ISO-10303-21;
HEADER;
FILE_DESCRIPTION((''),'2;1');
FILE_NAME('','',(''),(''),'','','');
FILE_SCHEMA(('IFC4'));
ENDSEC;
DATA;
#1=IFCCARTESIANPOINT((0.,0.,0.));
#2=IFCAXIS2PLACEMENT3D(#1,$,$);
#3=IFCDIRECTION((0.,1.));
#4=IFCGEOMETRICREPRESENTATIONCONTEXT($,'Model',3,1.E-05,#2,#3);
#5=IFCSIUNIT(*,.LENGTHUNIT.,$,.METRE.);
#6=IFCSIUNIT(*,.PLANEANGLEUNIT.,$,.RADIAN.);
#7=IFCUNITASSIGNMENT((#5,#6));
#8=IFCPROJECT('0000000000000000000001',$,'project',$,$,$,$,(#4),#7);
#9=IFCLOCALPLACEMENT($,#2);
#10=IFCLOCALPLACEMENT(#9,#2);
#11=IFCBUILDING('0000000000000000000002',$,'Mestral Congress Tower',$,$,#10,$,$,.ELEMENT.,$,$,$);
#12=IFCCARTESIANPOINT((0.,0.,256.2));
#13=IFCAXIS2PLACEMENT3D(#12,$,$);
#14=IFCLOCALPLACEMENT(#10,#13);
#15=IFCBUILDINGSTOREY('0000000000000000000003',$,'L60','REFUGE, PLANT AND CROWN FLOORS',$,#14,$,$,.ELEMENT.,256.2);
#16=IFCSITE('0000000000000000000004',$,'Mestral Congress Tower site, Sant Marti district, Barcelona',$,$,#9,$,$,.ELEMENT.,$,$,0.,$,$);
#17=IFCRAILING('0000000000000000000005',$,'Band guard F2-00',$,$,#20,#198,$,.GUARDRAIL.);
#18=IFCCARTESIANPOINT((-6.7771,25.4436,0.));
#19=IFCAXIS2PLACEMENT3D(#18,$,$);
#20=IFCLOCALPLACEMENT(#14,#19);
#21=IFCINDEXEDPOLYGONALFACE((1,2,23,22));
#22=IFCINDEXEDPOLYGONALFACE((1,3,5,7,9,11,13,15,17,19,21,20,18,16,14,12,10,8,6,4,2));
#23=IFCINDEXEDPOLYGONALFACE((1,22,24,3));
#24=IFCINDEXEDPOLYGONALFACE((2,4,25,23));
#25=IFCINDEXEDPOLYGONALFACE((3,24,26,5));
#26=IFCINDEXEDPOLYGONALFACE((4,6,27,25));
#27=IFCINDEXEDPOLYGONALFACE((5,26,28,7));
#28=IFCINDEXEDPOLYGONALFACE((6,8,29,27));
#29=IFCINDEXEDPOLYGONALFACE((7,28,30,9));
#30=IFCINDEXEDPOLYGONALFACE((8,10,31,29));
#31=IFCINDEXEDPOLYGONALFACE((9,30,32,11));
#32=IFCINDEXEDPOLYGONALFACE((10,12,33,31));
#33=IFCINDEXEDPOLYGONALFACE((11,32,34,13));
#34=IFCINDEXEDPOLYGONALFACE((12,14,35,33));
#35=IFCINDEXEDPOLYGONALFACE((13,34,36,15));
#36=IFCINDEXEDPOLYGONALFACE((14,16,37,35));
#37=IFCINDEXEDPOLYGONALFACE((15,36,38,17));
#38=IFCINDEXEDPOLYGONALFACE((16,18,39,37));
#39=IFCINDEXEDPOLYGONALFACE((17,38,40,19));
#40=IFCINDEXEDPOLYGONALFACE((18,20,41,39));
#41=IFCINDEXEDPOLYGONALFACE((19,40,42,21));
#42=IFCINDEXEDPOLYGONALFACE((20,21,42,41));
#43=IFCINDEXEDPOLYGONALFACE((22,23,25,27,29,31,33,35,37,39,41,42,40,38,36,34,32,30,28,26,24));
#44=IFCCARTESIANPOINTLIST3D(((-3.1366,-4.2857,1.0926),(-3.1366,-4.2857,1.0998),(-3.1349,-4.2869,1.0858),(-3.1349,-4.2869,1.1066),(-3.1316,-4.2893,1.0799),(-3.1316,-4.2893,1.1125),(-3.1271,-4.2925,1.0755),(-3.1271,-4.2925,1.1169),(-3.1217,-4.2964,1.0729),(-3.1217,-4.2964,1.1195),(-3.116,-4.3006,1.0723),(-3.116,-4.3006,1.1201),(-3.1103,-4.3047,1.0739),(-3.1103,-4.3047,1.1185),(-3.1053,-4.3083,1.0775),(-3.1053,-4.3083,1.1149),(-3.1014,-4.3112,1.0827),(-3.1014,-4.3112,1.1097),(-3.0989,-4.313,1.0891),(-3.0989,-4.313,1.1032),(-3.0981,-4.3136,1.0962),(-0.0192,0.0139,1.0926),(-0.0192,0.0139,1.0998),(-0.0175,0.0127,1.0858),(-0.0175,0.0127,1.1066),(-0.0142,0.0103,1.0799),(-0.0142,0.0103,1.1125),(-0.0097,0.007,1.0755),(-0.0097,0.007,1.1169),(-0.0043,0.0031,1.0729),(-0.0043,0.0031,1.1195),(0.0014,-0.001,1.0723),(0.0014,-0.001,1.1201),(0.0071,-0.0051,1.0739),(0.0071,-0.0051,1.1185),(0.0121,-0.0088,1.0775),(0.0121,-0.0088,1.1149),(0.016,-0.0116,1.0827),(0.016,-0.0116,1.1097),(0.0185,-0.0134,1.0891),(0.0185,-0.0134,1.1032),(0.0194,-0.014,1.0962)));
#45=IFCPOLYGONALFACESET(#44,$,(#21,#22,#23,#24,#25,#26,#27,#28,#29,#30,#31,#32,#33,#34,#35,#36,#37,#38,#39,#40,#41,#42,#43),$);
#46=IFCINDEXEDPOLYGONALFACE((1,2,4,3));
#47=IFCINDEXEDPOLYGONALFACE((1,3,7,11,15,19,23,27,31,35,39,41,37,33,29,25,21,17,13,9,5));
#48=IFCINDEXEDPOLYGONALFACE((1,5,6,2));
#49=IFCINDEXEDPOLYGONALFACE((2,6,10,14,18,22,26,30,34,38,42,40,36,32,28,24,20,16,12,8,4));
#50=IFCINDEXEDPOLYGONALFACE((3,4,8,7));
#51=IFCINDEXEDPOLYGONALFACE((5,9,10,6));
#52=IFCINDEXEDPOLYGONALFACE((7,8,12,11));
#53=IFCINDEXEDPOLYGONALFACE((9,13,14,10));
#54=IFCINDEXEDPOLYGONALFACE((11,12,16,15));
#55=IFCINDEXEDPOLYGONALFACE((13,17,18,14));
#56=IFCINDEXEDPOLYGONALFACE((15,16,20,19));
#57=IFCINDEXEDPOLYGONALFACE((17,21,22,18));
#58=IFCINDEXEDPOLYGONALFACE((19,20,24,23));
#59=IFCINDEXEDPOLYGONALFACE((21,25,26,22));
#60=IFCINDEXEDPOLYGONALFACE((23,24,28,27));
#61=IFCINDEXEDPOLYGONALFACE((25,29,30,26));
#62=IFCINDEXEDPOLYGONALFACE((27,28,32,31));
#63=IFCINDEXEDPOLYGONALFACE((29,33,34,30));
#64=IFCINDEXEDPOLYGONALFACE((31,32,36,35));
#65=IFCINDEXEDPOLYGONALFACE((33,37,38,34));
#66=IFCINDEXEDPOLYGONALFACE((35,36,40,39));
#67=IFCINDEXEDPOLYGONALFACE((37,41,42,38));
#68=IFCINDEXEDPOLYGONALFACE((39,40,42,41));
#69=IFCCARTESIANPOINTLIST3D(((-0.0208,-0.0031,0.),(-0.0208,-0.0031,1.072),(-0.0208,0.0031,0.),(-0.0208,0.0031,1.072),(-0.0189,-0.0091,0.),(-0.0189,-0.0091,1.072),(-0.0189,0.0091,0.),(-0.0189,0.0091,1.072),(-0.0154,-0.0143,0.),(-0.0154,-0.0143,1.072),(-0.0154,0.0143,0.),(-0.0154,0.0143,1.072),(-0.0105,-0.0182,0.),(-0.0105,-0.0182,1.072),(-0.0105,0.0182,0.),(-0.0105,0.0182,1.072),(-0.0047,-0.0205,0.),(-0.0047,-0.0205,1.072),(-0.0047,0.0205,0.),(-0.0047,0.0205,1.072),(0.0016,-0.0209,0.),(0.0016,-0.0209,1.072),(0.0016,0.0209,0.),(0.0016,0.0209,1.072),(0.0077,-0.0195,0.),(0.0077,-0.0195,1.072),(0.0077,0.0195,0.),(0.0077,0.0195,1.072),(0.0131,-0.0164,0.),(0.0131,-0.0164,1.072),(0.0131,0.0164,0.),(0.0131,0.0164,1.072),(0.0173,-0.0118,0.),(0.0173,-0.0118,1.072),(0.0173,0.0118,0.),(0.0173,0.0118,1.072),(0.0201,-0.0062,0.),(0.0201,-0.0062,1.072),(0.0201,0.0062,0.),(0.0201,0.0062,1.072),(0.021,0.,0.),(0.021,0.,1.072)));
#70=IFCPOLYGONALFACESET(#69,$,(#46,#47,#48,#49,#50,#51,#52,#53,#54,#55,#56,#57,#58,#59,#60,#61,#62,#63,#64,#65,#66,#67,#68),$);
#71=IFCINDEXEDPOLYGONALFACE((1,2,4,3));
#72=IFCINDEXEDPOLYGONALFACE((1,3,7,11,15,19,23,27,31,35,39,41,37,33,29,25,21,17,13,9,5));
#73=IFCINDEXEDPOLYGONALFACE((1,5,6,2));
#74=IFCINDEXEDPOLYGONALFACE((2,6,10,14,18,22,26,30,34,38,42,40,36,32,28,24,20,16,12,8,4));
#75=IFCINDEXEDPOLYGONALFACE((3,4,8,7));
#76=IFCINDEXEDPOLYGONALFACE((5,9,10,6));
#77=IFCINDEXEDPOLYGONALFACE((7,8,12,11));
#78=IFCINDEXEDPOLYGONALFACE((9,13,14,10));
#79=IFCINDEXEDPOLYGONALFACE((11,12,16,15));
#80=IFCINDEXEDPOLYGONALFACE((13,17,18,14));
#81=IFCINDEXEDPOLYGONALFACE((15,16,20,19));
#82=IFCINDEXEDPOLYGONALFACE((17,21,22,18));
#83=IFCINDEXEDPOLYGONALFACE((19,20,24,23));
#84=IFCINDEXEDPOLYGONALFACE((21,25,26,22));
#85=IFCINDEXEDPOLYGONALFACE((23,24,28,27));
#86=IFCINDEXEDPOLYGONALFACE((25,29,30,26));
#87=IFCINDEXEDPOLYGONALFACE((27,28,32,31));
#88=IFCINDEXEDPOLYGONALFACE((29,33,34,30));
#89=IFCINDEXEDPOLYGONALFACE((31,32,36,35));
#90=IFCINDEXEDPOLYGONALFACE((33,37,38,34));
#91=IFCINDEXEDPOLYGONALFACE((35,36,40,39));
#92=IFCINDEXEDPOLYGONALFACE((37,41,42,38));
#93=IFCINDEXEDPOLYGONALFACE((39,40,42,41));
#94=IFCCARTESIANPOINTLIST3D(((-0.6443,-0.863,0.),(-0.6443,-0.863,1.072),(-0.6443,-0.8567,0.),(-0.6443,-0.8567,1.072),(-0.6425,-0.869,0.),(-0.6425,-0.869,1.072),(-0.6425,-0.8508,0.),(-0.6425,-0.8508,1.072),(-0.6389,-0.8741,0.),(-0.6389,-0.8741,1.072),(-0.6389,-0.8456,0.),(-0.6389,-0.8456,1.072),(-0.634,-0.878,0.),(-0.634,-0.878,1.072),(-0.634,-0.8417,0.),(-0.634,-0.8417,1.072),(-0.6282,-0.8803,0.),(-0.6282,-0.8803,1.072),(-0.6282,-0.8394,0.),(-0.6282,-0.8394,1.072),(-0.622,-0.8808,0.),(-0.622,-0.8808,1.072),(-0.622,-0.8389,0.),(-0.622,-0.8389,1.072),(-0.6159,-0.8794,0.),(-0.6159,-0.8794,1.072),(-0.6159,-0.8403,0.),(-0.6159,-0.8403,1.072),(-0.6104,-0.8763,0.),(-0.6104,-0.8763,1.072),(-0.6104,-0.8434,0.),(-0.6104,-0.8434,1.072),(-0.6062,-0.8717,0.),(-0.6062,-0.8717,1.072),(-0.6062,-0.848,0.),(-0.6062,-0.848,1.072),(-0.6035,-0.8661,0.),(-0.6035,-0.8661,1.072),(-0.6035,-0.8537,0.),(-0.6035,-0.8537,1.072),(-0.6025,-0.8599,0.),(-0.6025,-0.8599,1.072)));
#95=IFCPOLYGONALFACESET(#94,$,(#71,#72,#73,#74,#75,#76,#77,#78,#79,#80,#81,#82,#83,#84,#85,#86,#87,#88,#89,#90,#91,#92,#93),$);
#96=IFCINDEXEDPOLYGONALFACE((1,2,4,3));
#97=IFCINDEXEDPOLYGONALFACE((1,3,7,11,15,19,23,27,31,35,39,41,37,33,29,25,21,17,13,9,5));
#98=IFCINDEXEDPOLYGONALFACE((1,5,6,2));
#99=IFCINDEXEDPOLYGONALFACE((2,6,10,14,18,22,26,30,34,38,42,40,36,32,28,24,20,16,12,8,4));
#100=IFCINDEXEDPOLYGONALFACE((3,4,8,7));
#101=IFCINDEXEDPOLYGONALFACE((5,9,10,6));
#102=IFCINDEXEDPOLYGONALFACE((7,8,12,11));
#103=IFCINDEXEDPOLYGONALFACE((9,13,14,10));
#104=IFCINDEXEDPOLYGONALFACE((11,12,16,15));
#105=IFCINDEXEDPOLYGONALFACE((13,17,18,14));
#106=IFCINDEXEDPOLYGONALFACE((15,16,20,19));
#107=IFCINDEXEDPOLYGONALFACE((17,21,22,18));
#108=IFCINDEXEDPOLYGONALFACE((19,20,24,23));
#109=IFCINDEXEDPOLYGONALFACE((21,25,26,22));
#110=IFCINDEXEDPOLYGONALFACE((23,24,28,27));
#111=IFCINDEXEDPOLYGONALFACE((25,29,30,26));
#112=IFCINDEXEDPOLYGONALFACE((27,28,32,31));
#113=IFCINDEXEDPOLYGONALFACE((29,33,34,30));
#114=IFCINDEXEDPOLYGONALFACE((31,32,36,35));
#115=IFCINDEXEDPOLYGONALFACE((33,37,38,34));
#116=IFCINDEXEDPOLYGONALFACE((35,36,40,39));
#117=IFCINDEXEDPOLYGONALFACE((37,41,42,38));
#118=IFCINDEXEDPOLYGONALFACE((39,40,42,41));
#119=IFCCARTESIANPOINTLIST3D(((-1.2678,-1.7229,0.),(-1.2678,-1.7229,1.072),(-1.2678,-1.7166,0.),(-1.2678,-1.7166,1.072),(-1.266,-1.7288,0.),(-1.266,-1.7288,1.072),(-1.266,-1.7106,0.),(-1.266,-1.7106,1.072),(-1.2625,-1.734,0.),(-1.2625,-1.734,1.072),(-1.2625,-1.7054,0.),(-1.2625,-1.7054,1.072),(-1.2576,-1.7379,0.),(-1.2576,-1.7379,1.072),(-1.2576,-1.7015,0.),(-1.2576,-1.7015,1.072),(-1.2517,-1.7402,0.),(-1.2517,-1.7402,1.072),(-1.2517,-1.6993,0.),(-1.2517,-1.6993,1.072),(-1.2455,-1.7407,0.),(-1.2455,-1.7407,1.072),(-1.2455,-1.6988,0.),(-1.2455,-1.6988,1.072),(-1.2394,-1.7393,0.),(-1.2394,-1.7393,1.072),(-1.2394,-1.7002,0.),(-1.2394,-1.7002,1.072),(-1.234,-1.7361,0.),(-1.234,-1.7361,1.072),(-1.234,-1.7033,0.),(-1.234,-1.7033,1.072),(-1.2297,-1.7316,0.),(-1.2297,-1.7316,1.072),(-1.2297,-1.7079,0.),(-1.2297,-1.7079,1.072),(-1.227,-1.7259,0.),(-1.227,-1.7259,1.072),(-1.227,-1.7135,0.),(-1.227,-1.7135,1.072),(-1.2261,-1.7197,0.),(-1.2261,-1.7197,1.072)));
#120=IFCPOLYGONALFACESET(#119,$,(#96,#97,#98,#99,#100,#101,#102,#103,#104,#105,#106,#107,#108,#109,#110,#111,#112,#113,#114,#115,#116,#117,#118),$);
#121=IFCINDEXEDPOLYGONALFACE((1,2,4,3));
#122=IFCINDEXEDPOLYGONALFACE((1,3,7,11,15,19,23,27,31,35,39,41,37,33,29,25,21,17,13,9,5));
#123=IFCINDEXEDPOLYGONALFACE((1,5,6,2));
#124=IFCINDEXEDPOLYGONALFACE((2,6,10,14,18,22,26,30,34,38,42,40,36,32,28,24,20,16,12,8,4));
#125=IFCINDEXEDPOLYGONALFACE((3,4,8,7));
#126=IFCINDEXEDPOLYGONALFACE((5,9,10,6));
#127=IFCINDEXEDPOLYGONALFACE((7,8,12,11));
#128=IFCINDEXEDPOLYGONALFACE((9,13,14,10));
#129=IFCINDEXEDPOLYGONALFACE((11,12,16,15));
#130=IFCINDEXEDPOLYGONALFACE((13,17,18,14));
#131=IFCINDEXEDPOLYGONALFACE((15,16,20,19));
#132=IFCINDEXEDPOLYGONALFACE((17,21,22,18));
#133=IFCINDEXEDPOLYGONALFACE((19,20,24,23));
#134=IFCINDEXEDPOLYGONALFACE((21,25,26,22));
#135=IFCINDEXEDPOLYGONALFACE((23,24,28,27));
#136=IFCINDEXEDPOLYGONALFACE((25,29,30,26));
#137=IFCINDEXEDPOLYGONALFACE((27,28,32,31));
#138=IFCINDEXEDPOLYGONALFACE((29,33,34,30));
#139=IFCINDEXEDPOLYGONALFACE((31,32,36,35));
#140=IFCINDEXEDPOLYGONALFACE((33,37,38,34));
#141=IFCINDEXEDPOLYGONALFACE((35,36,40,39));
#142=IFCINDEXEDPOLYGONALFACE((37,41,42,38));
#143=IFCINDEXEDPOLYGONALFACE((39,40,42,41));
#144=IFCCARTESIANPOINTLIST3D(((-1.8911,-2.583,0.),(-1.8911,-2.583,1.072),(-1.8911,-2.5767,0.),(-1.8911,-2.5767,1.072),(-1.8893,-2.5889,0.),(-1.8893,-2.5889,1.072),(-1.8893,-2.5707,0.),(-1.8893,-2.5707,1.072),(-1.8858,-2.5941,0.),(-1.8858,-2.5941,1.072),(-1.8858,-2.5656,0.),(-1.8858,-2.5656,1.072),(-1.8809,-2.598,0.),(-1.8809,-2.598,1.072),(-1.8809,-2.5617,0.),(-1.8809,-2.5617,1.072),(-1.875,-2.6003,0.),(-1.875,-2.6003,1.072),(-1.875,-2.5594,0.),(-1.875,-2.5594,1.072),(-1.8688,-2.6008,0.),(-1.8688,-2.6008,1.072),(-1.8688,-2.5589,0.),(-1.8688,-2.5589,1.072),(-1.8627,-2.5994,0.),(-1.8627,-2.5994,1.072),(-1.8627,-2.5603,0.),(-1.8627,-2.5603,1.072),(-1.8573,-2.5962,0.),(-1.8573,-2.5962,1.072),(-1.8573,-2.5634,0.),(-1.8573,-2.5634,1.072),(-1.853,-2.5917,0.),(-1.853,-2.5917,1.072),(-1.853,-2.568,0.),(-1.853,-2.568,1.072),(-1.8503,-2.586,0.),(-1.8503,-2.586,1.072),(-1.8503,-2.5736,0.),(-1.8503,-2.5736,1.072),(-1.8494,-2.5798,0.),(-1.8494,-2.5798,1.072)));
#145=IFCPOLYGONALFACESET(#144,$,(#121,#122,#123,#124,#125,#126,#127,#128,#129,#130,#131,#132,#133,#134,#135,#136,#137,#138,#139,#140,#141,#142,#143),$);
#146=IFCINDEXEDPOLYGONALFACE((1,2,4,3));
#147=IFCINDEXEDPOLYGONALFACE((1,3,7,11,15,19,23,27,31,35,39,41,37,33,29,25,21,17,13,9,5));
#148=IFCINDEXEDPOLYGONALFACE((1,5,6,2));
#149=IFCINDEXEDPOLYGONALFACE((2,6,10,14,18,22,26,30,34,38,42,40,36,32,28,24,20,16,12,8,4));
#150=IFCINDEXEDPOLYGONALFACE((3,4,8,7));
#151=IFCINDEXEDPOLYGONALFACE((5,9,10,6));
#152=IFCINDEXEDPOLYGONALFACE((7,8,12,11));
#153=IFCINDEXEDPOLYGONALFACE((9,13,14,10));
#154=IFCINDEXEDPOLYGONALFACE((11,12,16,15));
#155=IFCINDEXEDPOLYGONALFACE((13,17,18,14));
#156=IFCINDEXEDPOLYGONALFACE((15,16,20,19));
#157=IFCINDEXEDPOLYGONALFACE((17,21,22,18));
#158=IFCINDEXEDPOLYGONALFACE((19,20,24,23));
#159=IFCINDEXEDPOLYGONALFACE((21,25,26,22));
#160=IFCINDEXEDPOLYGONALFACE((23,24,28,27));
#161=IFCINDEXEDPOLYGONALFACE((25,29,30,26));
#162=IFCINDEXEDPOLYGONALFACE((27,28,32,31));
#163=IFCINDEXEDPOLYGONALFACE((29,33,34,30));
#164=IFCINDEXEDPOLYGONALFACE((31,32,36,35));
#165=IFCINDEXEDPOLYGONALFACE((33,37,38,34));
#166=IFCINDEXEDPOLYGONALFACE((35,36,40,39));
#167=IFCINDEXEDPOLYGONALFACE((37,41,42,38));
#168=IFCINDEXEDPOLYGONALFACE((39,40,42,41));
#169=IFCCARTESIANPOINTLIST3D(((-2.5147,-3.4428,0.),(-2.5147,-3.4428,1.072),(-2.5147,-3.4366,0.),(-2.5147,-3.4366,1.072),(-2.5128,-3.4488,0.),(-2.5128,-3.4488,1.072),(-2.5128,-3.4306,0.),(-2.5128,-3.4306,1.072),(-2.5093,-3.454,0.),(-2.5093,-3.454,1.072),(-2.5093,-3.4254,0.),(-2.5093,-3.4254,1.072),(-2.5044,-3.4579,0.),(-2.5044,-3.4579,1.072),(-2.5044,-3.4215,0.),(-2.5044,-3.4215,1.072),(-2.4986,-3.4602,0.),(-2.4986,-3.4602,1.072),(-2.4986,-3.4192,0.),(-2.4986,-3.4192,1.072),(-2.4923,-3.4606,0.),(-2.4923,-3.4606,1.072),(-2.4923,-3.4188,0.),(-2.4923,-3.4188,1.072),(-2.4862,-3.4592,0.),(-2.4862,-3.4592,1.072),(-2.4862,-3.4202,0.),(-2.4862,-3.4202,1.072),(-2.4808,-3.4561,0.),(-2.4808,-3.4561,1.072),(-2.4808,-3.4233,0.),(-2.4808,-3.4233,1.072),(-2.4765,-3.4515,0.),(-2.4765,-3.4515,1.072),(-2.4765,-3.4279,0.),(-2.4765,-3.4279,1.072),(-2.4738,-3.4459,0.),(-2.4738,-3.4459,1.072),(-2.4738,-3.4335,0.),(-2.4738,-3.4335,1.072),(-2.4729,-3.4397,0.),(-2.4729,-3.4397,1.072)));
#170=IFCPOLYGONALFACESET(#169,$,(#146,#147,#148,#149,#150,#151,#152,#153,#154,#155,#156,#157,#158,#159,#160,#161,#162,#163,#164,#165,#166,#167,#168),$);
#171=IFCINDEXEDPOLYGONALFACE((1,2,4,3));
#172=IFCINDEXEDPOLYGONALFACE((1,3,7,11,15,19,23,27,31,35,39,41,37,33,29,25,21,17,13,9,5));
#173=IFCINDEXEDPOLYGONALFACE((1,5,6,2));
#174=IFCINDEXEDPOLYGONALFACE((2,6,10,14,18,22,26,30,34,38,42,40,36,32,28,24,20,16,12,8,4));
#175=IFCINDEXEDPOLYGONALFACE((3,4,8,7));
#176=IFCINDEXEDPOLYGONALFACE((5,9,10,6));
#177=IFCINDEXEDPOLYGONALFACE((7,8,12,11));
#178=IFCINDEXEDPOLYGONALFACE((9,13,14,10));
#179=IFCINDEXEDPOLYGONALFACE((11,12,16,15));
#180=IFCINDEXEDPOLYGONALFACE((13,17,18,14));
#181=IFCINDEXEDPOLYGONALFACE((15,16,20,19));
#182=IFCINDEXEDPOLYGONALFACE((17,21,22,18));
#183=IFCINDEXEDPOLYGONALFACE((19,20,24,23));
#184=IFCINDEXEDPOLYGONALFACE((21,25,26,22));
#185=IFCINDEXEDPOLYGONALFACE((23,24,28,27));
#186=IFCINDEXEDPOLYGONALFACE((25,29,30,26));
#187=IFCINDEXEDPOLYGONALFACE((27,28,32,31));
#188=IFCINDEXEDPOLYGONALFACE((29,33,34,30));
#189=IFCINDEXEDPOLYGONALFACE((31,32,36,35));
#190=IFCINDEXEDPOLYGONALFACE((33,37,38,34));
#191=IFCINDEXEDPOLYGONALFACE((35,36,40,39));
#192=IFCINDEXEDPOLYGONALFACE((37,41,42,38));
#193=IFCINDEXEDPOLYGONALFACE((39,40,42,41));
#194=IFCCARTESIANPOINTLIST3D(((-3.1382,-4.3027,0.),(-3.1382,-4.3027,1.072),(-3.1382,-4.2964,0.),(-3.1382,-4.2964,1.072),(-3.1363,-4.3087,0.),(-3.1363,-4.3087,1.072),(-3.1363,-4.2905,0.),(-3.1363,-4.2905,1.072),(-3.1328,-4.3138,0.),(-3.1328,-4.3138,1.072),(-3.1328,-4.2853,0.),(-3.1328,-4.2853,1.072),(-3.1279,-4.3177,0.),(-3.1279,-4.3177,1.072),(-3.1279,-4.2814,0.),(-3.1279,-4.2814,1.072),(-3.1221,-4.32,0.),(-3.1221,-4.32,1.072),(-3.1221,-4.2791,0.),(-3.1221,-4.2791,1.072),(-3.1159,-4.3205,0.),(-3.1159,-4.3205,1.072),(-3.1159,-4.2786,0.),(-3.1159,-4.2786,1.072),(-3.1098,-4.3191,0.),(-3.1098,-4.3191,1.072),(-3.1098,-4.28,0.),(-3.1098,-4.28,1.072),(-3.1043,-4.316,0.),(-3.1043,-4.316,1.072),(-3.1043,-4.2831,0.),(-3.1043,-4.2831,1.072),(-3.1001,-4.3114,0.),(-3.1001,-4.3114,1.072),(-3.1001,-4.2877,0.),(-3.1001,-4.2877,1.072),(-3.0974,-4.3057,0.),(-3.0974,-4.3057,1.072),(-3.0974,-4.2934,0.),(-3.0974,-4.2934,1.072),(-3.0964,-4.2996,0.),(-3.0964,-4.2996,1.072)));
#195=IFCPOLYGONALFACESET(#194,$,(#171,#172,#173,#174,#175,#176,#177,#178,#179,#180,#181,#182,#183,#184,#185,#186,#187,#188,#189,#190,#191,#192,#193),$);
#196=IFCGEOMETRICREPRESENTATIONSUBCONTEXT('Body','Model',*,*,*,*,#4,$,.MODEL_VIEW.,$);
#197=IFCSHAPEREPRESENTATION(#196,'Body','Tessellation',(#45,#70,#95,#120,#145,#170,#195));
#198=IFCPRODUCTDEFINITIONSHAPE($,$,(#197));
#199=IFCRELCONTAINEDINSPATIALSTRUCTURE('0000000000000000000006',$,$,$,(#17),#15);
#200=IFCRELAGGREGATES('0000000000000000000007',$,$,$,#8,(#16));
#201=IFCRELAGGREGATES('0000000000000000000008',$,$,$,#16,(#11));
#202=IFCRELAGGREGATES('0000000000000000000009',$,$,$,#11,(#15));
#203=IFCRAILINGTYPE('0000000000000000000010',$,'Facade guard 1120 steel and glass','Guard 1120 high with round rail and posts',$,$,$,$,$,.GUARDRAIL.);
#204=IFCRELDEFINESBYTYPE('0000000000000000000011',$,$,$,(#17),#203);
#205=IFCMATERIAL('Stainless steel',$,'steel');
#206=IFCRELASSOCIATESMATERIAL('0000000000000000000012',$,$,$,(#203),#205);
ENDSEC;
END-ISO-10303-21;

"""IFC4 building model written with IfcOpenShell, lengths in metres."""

from ifc_helpers import new_model, si_unit, direction, frame, origin, origin_2d, place, context, subcontext, project, spatial, circle, extrude, material, type_object, element, save


model = new_model("IFC4")

# Units and contexts
model_context = context("Model", 3, precision=1e-05, world=origin(), true_north=direction((0.0, 1.0)))
body_context = subcontext(model_context, "Body", "Model", "MODEL_VIEW")
ifc_project = project(units=[si_unit("LENGTHUNIT", "METRE"), si_unit("PLANEANGLEUNIT", "RADIAN")], contexts=[model_context])

# Site, building, storey
site_placement = place(None, origin())
site = spatial("IfcSite", under=ifc_project, at=site_placement, Name="Mestral Congress Tower site, Sant Marti district, Barcelona", CompositionType="ELEMENT", RefElevation=0.0)
building_placement = place(site_placement, origin())
building = spatial("IfcBuilding", under=site, at=building_placement, Name="Mestral Congress Tower", CompositionType="ELEMENT")
storey_placement = place(building_placement, frame((0.0, 0.0, 256.2)))
storey = spatial("IfcBuildingStorey", under=building, at=storey_placement, Name="L60", Description="REFUGE, PLANT AND CROWN FLOORS", CompositionType="ELEMENT", Elevation=256.2)

# Railing
ifc_material_1 = material(Name="Stainless steel", Category="steel")
railing_type = type_object("IfcRailingType", Name="Facade guard 1120 steel and glass", Description="Guard 1120 high with round rail and posts", PredefinedType="GUARDRAIL", material=ifc_material_1)
railing_1_placement = place(storey_placement, frame((-6.7771, 25.4436, 0.0)))
element("IfcRailing", 1, at=railing_1_placement, inside=storey, type_object=railing_type, Name="Band guard F2-00", PredefinedType="GUARDRAIL", context=body_context, shape_type="SweptSolid", body=[
    extrude(circle(Radius=0.0239, at=origin_2d()), frame((0.0, 0.0, 1.0962), z_axis=(-0.586998, -0.809588, 0.0), x_axis=(0.809588, -0.586998, 0.0)), (0.0, 0.0, 1.0), 5.3108),
    extrude(circle(Radius=0.021, at=origin_2d()), origin(), (0.0, 0.0, 1.0), 1.072),
    extrude(circle(Radius=0.021, at=origin_2d()), frame((-0.6235, -0.8599, 0.0)), (0.0, 0.0, 1.0), 1.072),
    extrude(circle(Radius=0.021, at=origin_2d()), frame((-1.2471, -1.7197, 0.0)), (0.0, 0.0, 1.0), 1.072),
    extrude(circle(Radius=0.021, at=origin_2d()), frame((-1.8704, -2.5798, 0.0)), (0.0, 0.0, 1.0), 1.072),
    extrude(circle(Radius=0.021, at=origin_2d()), frame((-2.4939, -3.4397, 0.0)), (0.0, 0.0, 1.0), 1.072),
    extrude(circle(Radius=0.021, at=origin_2d()), frame((-3.1174, -4.2996, 0.0)), (0.0, 0.0, 1.0), 1.072),
])

save(model, "model.ifc")
